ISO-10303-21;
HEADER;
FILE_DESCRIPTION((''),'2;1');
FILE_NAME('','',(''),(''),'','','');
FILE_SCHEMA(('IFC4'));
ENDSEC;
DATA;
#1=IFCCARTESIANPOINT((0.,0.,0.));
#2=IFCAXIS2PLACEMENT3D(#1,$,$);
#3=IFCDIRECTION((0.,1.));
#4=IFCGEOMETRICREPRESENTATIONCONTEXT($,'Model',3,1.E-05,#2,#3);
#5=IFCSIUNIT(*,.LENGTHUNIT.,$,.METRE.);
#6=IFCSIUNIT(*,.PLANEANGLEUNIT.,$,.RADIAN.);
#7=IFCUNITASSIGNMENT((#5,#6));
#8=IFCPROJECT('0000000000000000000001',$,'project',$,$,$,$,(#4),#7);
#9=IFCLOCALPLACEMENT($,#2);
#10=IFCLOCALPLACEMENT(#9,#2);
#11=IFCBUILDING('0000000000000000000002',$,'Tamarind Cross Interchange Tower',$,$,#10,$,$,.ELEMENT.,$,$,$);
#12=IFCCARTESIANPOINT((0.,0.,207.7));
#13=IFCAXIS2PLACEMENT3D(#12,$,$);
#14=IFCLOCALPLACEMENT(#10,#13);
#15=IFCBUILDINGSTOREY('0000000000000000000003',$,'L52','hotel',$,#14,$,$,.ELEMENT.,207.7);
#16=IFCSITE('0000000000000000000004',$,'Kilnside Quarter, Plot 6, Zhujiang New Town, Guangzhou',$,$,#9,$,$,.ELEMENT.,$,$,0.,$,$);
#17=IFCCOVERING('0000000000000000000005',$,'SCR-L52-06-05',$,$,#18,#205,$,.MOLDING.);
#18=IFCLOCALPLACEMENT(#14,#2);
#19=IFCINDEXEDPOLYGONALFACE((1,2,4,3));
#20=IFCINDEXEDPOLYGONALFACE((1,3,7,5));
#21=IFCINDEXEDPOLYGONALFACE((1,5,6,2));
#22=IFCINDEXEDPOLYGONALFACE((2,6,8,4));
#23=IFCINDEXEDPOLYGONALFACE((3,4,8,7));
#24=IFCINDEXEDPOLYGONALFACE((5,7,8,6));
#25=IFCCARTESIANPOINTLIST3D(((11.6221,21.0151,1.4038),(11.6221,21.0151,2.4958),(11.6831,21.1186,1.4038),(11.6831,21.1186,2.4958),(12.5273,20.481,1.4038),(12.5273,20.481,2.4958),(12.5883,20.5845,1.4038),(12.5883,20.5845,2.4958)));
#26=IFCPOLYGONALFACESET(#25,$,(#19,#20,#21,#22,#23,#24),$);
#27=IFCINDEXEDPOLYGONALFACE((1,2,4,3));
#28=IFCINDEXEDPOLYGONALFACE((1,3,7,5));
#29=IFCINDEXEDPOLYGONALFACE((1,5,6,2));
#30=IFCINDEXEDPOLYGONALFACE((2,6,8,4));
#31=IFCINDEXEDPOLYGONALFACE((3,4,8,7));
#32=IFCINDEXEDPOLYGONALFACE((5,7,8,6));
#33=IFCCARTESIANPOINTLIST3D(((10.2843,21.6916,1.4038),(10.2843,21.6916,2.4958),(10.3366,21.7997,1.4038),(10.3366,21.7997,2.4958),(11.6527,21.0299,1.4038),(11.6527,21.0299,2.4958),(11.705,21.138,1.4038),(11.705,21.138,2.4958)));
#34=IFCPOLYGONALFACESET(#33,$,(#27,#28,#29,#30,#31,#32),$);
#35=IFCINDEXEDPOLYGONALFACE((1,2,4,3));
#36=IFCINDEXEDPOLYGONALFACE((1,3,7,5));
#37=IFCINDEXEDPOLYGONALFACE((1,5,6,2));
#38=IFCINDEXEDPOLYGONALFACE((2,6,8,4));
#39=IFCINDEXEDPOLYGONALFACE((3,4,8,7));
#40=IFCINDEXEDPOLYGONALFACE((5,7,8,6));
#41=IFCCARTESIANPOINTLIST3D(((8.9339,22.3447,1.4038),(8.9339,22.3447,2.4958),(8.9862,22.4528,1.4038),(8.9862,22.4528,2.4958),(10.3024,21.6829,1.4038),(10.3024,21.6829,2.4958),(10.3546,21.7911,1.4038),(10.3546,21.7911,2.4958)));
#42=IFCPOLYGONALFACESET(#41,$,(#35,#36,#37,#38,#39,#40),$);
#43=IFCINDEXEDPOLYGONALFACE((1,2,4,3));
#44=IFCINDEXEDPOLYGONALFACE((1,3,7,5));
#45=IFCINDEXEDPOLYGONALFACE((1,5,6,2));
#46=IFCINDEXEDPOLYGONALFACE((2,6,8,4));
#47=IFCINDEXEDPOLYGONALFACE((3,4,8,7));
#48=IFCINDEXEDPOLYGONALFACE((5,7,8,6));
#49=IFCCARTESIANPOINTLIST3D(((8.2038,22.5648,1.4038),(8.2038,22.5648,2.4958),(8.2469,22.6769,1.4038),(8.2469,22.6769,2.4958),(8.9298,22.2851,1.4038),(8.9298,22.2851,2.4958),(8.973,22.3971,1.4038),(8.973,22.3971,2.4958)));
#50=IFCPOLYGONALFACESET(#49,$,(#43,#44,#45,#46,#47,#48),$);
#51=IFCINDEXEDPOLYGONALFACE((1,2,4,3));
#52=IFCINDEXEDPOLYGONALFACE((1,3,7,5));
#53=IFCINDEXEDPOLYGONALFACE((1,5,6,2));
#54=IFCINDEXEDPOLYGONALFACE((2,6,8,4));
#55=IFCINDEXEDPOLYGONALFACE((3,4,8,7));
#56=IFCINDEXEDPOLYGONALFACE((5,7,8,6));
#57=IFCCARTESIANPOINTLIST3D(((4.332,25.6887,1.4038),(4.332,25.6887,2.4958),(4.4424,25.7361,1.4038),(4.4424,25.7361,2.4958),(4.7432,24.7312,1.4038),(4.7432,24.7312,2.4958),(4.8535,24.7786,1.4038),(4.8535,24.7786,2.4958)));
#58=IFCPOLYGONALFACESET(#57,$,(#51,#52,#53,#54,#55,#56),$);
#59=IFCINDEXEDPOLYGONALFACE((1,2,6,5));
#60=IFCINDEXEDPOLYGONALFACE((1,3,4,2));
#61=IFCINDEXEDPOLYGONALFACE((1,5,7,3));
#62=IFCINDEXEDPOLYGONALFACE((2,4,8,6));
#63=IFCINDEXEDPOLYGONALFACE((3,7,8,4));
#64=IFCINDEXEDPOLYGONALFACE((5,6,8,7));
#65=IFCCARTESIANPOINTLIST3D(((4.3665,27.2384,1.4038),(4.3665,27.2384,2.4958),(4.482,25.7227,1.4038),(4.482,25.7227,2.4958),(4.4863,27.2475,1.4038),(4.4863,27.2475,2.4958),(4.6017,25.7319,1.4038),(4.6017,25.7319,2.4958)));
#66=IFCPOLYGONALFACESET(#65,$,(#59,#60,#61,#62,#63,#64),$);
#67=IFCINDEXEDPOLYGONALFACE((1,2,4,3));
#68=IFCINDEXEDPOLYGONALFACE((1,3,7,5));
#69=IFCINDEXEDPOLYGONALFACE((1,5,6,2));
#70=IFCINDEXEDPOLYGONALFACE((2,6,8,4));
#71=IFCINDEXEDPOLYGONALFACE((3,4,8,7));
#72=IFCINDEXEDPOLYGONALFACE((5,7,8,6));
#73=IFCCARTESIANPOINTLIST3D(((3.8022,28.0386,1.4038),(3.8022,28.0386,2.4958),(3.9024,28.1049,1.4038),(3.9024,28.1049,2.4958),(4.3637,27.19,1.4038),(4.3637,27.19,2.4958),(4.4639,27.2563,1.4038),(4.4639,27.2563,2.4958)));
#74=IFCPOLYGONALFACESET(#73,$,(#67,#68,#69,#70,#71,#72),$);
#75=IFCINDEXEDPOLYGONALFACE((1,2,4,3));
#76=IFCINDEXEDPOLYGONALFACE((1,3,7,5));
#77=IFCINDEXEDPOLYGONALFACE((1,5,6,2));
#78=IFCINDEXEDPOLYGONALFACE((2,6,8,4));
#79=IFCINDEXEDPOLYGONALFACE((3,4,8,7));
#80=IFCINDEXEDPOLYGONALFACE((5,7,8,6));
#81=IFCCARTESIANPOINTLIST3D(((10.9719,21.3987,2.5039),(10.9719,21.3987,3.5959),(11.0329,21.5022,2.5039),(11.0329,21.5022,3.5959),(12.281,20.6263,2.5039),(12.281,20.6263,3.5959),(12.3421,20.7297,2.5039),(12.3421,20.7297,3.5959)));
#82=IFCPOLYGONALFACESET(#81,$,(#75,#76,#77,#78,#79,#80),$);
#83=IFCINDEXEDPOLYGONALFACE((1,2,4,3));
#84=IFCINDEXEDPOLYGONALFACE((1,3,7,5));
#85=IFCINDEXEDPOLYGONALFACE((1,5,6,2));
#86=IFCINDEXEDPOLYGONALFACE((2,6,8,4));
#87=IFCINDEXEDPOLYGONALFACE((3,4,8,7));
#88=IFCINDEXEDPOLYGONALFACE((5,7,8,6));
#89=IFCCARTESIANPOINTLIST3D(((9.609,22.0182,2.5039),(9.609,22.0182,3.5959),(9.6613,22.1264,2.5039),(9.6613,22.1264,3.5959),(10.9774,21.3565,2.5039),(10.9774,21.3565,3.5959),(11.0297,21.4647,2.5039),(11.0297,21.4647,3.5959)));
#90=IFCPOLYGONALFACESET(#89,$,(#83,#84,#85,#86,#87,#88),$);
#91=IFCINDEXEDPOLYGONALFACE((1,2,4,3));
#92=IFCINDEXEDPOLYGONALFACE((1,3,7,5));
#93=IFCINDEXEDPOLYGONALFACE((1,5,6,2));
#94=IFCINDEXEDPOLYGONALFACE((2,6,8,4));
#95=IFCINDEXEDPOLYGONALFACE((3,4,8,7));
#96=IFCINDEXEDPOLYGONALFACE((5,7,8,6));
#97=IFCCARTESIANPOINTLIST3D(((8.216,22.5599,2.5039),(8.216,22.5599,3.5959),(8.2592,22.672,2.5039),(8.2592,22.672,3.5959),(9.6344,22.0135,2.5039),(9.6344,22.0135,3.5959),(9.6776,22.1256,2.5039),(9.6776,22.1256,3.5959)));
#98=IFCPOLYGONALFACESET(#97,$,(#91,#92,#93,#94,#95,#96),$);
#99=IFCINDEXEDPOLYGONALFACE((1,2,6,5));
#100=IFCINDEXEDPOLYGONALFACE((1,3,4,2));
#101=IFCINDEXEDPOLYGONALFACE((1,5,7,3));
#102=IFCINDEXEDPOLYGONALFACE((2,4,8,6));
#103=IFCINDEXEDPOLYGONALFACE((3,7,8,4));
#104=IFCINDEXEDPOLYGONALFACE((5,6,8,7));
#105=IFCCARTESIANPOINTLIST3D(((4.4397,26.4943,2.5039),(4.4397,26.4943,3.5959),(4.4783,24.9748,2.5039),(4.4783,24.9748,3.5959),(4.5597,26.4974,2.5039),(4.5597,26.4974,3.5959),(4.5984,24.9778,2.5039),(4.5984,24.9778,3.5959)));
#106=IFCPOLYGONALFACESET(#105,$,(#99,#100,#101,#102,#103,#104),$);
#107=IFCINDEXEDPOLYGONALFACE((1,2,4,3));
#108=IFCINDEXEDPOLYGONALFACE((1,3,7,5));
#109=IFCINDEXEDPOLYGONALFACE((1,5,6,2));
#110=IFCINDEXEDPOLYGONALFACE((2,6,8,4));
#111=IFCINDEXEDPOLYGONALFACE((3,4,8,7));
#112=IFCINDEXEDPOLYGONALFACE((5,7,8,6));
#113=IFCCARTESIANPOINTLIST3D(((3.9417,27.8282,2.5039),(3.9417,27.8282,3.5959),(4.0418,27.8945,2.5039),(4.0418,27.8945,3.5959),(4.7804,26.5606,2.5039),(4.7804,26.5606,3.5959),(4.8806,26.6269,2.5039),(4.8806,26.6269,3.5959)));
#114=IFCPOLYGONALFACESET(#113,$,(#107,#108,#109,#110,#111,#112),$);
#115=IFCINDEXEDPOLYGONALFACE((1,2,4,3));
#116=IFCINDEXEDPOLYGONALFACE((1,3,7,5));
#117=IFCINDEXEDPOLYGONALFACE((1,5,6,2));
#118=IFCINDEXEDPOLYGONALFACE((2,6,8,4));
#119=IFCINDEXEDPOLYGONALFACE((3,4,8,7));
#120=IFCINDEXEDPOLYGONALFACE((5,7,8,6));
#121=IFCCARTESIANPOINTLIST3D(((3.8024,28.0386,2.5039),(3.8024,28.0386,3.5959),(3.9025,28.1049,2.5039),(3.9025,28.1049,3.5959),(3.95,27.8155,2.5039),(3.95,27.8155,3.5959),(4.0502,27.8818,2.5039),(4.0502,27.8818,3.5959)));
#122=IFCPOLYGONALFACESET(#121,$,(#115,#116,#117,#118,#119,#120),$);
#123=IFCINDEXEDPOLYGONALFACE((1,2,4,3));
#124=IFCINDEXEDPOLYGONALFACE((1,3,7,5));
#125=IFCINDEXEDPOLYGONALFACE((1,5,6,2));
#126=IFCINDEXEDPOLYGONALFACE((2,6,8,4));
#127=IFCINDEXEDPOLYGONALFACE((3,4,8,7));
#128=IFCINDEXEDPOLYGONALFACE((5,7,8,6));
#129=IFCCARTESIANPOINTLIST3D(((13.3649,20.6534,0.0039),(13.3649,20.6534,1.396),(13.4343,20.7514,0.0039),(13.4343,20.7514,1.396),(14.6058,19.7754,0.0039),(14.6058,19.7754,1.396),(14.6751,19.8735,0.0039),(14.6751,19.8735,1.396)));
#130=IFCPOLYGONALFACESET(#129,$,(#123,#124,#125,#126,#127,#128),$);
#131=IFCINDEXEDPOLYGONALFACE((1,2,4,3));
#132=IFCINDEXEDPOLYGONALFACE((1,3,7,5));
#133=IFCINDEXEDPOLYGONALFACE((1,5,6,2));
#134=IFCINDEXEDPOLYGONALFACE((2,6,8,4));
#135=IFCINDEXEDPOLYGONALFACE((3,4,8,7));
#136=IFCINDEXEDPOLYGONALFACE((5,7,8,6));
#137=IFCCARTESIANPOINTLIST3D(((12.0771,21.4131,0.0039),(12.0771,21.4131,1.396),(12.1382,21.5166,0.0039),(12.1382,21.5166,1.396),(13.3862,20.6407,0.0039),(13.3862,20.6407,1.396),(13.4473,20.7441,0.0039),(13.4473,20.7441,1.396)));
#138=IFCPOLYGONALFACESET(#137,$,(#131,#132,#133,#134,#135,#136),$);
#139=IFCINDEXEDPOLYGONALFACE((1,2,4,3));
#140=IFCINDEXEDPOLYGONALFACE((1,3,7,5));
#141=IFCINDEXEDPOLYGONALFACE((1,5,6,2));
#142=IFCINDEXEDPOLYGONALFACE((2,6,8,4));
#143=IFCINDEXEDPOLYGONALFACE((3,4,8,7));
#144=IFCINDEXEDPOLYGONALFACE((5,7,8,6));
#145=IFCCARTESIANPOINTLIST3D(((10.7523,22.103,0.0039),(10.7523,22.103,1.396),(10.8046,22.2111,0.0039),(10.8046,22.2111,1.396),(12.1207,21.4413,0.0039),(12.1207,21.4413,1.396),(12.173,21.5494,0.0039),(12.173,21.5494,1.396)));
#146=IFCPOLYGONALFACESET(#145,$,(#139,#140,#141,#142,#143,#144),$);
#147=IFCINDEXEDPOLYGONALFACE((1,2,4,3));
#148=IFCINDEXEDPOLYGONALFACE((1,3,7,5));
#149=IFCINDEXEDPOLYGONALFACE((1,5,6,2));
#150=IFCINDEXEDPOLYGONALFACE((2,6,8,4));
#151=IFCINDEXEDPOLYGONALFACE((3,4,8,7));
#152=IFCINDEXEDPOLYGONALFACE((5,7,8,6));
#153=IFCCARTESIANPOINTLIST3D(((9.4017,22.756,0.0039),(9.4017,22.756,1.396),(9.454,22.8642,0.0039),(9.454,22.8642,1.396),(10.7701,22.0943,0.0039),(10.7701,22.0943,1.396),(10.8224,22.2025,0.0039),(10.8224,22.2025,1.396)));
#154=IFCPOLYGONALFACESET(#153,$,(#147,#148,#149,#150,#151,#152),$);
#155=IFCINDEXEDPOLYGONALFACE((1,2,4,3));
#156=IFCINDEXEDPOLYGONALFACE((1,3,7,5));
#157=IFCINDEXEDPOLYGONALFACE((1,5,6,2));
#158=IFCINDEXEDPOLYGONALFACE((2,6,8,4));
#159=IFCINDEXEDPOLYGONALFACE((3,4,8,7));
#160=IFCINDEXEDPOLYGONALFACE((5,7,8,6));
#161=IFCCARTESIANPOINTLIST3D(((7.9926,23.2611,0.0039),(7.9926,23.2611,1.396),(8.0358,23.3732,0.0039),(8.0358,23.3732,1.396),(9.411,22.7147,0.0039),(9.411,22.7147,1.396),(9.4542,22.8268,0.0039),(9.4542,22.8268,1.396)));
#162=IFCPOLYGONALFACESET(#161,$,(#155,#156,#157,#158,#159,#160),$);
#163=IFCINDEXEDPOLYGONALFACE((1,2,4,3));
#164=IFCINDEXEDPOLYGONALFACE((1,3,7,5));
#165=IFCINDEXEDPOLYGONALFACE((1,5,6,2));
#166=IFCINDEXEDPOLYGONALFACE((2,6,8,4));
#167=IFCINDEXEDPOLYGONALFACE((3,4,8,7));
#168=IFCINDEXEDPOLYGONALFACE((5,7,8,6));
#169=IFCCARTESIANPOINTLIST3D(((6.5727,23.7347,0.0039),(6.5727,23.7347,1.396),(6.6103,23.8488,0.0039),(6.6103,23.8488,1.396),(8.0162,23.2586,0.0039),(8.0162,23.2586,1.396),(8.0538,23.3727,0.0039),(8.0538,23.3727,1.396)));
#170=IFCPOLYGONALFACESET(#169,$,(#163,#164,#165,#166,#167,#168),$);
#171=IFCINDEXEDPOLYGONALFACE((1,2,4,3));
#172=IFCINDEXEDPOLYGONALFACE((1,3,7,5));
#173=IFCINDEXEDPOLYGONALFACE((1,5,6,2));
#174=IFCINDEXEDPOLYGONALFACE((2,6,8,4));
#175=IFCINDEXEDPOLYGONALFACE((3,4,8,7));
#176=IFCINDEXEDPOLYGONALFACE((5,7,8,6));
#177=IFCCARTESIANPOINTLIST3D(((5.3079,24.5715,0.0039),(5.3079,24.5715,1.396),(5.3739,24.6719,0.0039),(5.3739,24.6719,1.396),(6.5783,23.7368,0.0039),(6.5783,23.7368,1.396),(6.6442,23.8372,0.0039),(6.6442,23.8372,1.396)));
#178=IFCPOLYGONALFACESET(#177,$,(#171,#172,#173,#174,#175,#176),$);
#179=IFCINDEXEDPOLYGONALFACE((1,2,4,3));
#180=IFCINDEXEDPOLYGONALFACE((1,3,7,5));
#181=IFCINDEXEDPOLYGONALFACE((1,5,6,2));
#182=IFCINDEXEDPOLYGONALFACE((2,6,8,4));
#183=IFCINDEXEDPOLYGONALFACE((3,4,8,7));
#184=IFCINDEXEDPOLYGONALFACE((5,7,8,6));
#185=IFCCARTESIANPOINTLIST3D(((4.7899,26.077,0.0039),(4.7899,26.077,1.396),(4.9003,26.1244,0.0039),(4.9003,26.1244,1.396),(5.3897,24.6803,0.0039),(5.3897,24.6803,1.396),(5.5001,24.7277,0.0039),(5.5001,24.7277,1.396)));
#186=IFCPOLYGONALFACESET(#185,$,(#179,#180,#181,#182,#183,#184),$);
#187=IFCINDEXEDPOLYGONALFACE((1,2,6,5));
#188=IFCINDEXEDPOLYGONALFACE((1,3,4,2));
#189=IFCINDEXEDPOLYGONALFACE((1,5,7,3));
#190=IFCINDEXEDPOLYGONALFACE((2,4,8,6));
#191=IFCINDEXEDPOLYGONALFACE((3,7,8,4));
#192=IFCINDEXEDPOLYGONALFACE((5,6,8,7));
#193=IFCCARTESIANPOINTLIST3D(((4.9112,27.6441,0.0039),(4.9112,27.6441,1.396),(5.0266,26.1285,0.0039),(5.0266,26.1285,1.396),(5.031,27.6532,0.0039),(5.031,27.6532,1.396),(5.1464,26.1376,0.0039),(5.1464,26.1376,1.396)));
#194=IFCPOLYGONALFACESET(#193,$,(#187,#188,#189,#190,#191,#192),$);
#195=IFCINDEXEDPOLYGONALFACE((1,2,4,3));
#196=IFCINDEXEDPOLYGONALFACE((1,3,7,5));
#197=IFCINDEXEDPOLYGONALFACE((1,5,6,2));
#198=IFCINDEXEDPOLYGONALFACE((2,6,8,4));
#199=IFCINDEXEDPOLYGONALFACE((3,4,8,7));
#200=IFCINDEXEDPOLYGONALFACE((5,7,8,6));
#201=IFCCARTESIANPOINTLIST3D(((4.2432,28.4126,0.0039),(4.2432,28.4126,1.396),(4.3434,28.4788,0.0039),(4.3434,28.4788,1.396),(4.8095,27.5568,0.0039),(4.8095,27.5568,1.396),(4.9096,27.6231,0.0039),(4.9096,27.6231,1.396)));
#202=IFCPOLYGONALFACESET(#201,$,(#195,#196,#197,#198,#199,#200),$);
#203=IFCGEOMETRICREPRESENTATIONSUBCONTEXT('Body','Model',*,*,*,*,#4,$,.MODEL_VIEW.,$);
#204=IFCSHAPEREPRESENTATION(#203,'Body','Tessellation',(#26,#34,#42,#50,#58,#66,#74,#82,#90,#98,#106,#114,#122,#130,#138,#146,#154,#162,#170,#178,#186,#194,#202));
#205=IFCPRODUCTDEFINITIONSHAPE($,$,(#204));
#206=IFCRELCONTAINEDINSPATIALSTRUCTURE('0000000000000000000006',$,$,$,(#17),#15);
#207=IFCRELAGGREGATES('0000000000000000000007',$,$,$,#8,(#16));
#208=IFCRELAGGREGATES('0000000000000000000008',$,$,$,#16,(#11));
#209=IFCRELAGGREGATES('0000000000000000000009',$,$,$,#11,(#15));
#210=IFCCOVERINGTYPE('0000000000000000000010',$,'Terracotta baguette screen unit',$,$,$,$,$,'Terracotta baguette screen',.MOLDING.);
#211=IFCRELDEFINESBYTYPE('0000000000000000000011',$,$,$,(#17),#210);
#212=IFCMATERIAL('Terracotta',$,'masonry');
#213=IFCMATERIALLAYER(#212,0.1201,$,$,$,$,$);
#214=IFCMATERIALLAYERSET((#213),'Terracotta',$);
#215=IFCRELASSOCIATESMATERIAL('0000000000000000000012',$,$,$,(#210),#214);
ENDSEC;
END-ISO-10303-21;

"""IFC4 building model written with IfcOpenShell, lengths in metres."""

from ifc_helpers import new_model, si_unit, direction, frame, origin, origin_2d, place, context, subcontext, project, spatial, rectangle, extrude, material, layer, layer_set, type_object, element, save


model = new_model("IFC4")

# Units and contexts
model_context = context("Model", 3, precision=1e-05, world=origin(), true_north=direction((0.0, 1.0)))
body_context = subcontext(model_context, "Body", "Model", "MODEL_VIEW")
ifc_project = project(units=[si_unit("LENGTHUNIT", "METRE"), si_unit("PLANEANGLEUNIT", "RADIAN")], contexts=[model_context])

# Site, building, storey
site_placement = place(None, origin())
site = spatial("IfcSite", under=ifc_project, at=site_placement, Name="Kilnside Quarter, Plot 6, Zhujiang New Town, Guangzhou", CompositionType="ELEMENT", RefElevation=0.0)
building_placement = place(site_placement, origin())
building = spatial("IfcBuilding", under=site, at=building_placement, Name="Tamarind Cross Interchange Tower", CompositionType="ELEMENT")
storey_placement = place(building_placement, frame((0.0, 0.0, 207.7)))
storey = spatial("IfcBuildingStorey", under=building, at=storey_placement, Name="L52", Description="hotel", CompositionType="ELEMENT", Elevation=207.7)

# Covering
ifc_material_1 = material(Name="Terracotta", Category="masonry")
ifc_layer_1 = layer(ifc_material_1, 0.1201)
ifc_layer_set_1 = layer_set([ifc_layer_1], Name="Terracotta")
covering_type = type_object("IfcCoveringType", Name="Terracotta baguette screen unit", ElementType="Terracotta baguette screen", PredefinedType="MOLDING", material=ifc_layer_set_1)
covering_1_placement = place(storey_placement, origin())
element("IfcCovering", 1, at=covering_1_placement, inside=storey, type_object=covering_type, Name="SCR-L52-06-05", PredefinedType="MOLDING", context=body_context, shape_type="SweptSolid", body=[
    extrude(rectangle(XDim=1.051, YDim=0.1201, at=origin_2d()), frame((12.1052, 20.7998, 1.4038), z_axis=(0.0, 0.0, 1.0), x_axis=(-0.861249, 0.508183, 0.0)), (0.0, 0.0, 1.0), 1.092),
    extrude(rectangle(XDim=1.52, YDim=0.1201, at=origin_2d()), frame((10.9946, 21.4148, 1.4038), z_axis=(0.0, 0.0, 1.0), x_axis=(-0.900273, 0.435326, 0.0)), (0.0, 0.0, 1.0), 1.092),
    extrude(rectangle(XDim=1.52, YDim=0.1201, at=origin_2d()), frame((9.6443, 22.0679, 1.4038), z_axis=(0.0, 0.0, 1.0), x_axis=(-0.900273, 0.435326, 0.0)), (0.0, 0.0, 1.0), 1.092),
    extrude(rectangle(XDim=0.7781, YDim=0.1201, at=origin_2d()), frame((8.5884, 22.481, 1.4038), z_axis=(0.0, 0.0, 1.0), x_axis=(-0.933147, 0.359495, 0.0)), (0.0, 0.0, 1.0), 1.092),
    extrude(rectangle(XDim=1.042, YDim=0.1201, at=origin_2d()), frame((4.5928, 25.2336, 1.4038), z_axis=(0.0, 0.0, 1.0), x_axis=(-0.394598, 0.918854, 0.0)), (0.0, 0.0, 1.0), 1.092),
    extrude(rectangle(XDim=1.52, YDim=0.1201, at=origin_2d()), frame((4.4841, 26.4851, 1.4038), z_axis=(0.0, 0.0, 1.0), x_axis=(-0.07595, 0.997112, 0.0)), (0.0, 0.0, 1.0), 1.092),
    extrude(rectangle(XDim=1.0176, YDim=0.1201, at=origin_2d()), frame((4.1331, 27.6475, 1.4038), z_axis=(0.0, 0.0, 1.0), x_axis=(-0.551827, 0.833958, 0.0)), (0.0, 0.0, 1.0), 1.092),
    extrude(rectangle(XDim=1.52, YDim=0.1201, at=origin_2d()), frame((11.657, 21.0642, 2.5039), z_axis=(0.0, 0.0, 1.0), x_axis=(-0.861249, 0.508183, 0.0)), (0.0, 0.0, 1.0), 1.092),
    extrude(rectangle(XDim=1.52, YDim=0.1201, at=origin_2d()), frame((10.3193, 21.7415, 2.5039), z_axis=(0.0, 0.0, 1.0), x_axis=(-0.900273, 0.435326, 0.0)), (0.0, 0.0, 1.0), 1.092),
    extrude(rectangle(XDim=1.52, YDim=0.1201, at=origin_2d()), frame((8.9468, 22.3428, 2.5039), z_axis=(0.0, 0.0, 1.0), x_axis=(-0.933147, 0.359495, 0.0)), (0.0, 0.0, 1.0), 1.092),
    extrude(rectangle(XDim=1.52, YDim=0.1201, at=origin_2d()), frame((4.519, 25.7361, 2.5039), z_axis=(0.0, 0.0, 1.0), x_axis=(-0.025437, 0.999676, 0.0)), (0.0, 0.0, 1.0), 1.092),
    extrude(rectangle(XDim=1.52, YDim=0.1201, at=origin_2d()), frame((4.4111, 27.2275, 2.5039), z_axis=(0.0, 0.0, 1.0), x_axis=(-0.551827, 0.833958, 0.0)), (0.0, 0.0, 1.0), 1.092),
    extrude(rectangle(XDim=0.2676, YDim=0.1201, at=origin_2d()), frame((3.9263, 27.9602, 2.5039), z_axis=(0.0, 0.0, 1.0), x_axis=(-0.551827, 0.833958, 0.0)), (0.0, 0.0, 1.0), 1.092),
    extrude(rectangle(XDim=1.52, YDim=0.1201, at=origin_2d()), frame((14.02, 20.2634, 0.0039), z_axis=(0.0, 0.0, 1.0), x_axis=(-0.816342, 0.577569, 0.0)), (0.0, 0.0, 1.0), 1.3921),
    extrude(rectangle(XDim=1.52, YDim=0.1201, at=origin_2d()), frame((12.7622, 21.0786, 0.0039), z_axis=(0.0, 0.0, 1.0), x_axis=(-0.861249, 0.508183, 0.0)), (0.0, 0.0, 1.0), 1.3921),
    extrude(rectangle(XDim=1.52, YDim=0.1201, at=origin_2d()), frame((11.4626, 21.8262, 0.0039), z_axis=(0.0, 0.0, 1.0), x_axis=(-0.900273, 0.435326, 0.0)), (0.0, 0.0, 1.0), 1.3921),
    extrude(rectangle(XDim=1.52, YDim=0.1201, at=origin_2d()), frame((10.1121, 22.4792, 0.0039), z_axis=(0.0, 0.0, 1.0), x_axis=(-0.900273, 0.435326, 0.0)), (0.0, 0.0, 1.0), 1.3921),
    extrude(rectangle(XDim=1.52, YDim=0.1201, at=origin_2d()), frame((8.7234, 23.0439, 0.0039), z_axis=(0.0, 0.0, 1.0), x_axis=(-0.933147, 0.359495, 0.0)), (0.0, 0.0, 1.0), 1.3921),
    extrude(rectangle(XDim=1.52, YDim=0.1201, at=origin_2d()), frame((7.3132, 23.5537, 0.0039), z_axis=(0.0, 0.0, 1.0), x_axis=(-0.949688, 0.313199, 0.0)), (0.0, 0.0, 1.0), 1.3921),
    extrude(rectangle(XDim=1.52, YDim=0.1201, at=origin_2d()), frame((5.9761, 24.2043, 0.0039), z_axis=(0.0, 0.0, 1.0), x_axis=(-0.835753, 0.549105, 0.0)), (0.0, 0.0, 1.0), 1.3921),
    extrude(rectangle(XDim=1.52, YDim=0.1201, at=origin_2d()), frame((5.145, 25.4023, 0.0039), z_axis=(0.0, 0.0, 1.0), x_axis=(-0.394598, 0.918854, 0.0)), (0.0, 0.0, 1.0), 1.3921),
    extrude(rectangle(XDim=1.52, YDim=0.1201, at=origin_2d()), frame((5.0288, 26.8909, 0.0039), z_axis=(0.0, 0.0, 1.0), x_axis=(-0.07595, 0.997112, 0.0)), (0.0, 0.0, 1.0), 1.3921),
    extrude(rectangle(XDim=1.0261, YDim=0.1201, at=origin_2d()), frame((4.5764, 28.0178, 0.0039), z_axis=(0.0, 0.0, 1.0), x_axis=(-0.551827, 0.833958, 0.0)), (0.0, 0.0, 1.0), 1.3921),
])

save(model, "model.ifc")
